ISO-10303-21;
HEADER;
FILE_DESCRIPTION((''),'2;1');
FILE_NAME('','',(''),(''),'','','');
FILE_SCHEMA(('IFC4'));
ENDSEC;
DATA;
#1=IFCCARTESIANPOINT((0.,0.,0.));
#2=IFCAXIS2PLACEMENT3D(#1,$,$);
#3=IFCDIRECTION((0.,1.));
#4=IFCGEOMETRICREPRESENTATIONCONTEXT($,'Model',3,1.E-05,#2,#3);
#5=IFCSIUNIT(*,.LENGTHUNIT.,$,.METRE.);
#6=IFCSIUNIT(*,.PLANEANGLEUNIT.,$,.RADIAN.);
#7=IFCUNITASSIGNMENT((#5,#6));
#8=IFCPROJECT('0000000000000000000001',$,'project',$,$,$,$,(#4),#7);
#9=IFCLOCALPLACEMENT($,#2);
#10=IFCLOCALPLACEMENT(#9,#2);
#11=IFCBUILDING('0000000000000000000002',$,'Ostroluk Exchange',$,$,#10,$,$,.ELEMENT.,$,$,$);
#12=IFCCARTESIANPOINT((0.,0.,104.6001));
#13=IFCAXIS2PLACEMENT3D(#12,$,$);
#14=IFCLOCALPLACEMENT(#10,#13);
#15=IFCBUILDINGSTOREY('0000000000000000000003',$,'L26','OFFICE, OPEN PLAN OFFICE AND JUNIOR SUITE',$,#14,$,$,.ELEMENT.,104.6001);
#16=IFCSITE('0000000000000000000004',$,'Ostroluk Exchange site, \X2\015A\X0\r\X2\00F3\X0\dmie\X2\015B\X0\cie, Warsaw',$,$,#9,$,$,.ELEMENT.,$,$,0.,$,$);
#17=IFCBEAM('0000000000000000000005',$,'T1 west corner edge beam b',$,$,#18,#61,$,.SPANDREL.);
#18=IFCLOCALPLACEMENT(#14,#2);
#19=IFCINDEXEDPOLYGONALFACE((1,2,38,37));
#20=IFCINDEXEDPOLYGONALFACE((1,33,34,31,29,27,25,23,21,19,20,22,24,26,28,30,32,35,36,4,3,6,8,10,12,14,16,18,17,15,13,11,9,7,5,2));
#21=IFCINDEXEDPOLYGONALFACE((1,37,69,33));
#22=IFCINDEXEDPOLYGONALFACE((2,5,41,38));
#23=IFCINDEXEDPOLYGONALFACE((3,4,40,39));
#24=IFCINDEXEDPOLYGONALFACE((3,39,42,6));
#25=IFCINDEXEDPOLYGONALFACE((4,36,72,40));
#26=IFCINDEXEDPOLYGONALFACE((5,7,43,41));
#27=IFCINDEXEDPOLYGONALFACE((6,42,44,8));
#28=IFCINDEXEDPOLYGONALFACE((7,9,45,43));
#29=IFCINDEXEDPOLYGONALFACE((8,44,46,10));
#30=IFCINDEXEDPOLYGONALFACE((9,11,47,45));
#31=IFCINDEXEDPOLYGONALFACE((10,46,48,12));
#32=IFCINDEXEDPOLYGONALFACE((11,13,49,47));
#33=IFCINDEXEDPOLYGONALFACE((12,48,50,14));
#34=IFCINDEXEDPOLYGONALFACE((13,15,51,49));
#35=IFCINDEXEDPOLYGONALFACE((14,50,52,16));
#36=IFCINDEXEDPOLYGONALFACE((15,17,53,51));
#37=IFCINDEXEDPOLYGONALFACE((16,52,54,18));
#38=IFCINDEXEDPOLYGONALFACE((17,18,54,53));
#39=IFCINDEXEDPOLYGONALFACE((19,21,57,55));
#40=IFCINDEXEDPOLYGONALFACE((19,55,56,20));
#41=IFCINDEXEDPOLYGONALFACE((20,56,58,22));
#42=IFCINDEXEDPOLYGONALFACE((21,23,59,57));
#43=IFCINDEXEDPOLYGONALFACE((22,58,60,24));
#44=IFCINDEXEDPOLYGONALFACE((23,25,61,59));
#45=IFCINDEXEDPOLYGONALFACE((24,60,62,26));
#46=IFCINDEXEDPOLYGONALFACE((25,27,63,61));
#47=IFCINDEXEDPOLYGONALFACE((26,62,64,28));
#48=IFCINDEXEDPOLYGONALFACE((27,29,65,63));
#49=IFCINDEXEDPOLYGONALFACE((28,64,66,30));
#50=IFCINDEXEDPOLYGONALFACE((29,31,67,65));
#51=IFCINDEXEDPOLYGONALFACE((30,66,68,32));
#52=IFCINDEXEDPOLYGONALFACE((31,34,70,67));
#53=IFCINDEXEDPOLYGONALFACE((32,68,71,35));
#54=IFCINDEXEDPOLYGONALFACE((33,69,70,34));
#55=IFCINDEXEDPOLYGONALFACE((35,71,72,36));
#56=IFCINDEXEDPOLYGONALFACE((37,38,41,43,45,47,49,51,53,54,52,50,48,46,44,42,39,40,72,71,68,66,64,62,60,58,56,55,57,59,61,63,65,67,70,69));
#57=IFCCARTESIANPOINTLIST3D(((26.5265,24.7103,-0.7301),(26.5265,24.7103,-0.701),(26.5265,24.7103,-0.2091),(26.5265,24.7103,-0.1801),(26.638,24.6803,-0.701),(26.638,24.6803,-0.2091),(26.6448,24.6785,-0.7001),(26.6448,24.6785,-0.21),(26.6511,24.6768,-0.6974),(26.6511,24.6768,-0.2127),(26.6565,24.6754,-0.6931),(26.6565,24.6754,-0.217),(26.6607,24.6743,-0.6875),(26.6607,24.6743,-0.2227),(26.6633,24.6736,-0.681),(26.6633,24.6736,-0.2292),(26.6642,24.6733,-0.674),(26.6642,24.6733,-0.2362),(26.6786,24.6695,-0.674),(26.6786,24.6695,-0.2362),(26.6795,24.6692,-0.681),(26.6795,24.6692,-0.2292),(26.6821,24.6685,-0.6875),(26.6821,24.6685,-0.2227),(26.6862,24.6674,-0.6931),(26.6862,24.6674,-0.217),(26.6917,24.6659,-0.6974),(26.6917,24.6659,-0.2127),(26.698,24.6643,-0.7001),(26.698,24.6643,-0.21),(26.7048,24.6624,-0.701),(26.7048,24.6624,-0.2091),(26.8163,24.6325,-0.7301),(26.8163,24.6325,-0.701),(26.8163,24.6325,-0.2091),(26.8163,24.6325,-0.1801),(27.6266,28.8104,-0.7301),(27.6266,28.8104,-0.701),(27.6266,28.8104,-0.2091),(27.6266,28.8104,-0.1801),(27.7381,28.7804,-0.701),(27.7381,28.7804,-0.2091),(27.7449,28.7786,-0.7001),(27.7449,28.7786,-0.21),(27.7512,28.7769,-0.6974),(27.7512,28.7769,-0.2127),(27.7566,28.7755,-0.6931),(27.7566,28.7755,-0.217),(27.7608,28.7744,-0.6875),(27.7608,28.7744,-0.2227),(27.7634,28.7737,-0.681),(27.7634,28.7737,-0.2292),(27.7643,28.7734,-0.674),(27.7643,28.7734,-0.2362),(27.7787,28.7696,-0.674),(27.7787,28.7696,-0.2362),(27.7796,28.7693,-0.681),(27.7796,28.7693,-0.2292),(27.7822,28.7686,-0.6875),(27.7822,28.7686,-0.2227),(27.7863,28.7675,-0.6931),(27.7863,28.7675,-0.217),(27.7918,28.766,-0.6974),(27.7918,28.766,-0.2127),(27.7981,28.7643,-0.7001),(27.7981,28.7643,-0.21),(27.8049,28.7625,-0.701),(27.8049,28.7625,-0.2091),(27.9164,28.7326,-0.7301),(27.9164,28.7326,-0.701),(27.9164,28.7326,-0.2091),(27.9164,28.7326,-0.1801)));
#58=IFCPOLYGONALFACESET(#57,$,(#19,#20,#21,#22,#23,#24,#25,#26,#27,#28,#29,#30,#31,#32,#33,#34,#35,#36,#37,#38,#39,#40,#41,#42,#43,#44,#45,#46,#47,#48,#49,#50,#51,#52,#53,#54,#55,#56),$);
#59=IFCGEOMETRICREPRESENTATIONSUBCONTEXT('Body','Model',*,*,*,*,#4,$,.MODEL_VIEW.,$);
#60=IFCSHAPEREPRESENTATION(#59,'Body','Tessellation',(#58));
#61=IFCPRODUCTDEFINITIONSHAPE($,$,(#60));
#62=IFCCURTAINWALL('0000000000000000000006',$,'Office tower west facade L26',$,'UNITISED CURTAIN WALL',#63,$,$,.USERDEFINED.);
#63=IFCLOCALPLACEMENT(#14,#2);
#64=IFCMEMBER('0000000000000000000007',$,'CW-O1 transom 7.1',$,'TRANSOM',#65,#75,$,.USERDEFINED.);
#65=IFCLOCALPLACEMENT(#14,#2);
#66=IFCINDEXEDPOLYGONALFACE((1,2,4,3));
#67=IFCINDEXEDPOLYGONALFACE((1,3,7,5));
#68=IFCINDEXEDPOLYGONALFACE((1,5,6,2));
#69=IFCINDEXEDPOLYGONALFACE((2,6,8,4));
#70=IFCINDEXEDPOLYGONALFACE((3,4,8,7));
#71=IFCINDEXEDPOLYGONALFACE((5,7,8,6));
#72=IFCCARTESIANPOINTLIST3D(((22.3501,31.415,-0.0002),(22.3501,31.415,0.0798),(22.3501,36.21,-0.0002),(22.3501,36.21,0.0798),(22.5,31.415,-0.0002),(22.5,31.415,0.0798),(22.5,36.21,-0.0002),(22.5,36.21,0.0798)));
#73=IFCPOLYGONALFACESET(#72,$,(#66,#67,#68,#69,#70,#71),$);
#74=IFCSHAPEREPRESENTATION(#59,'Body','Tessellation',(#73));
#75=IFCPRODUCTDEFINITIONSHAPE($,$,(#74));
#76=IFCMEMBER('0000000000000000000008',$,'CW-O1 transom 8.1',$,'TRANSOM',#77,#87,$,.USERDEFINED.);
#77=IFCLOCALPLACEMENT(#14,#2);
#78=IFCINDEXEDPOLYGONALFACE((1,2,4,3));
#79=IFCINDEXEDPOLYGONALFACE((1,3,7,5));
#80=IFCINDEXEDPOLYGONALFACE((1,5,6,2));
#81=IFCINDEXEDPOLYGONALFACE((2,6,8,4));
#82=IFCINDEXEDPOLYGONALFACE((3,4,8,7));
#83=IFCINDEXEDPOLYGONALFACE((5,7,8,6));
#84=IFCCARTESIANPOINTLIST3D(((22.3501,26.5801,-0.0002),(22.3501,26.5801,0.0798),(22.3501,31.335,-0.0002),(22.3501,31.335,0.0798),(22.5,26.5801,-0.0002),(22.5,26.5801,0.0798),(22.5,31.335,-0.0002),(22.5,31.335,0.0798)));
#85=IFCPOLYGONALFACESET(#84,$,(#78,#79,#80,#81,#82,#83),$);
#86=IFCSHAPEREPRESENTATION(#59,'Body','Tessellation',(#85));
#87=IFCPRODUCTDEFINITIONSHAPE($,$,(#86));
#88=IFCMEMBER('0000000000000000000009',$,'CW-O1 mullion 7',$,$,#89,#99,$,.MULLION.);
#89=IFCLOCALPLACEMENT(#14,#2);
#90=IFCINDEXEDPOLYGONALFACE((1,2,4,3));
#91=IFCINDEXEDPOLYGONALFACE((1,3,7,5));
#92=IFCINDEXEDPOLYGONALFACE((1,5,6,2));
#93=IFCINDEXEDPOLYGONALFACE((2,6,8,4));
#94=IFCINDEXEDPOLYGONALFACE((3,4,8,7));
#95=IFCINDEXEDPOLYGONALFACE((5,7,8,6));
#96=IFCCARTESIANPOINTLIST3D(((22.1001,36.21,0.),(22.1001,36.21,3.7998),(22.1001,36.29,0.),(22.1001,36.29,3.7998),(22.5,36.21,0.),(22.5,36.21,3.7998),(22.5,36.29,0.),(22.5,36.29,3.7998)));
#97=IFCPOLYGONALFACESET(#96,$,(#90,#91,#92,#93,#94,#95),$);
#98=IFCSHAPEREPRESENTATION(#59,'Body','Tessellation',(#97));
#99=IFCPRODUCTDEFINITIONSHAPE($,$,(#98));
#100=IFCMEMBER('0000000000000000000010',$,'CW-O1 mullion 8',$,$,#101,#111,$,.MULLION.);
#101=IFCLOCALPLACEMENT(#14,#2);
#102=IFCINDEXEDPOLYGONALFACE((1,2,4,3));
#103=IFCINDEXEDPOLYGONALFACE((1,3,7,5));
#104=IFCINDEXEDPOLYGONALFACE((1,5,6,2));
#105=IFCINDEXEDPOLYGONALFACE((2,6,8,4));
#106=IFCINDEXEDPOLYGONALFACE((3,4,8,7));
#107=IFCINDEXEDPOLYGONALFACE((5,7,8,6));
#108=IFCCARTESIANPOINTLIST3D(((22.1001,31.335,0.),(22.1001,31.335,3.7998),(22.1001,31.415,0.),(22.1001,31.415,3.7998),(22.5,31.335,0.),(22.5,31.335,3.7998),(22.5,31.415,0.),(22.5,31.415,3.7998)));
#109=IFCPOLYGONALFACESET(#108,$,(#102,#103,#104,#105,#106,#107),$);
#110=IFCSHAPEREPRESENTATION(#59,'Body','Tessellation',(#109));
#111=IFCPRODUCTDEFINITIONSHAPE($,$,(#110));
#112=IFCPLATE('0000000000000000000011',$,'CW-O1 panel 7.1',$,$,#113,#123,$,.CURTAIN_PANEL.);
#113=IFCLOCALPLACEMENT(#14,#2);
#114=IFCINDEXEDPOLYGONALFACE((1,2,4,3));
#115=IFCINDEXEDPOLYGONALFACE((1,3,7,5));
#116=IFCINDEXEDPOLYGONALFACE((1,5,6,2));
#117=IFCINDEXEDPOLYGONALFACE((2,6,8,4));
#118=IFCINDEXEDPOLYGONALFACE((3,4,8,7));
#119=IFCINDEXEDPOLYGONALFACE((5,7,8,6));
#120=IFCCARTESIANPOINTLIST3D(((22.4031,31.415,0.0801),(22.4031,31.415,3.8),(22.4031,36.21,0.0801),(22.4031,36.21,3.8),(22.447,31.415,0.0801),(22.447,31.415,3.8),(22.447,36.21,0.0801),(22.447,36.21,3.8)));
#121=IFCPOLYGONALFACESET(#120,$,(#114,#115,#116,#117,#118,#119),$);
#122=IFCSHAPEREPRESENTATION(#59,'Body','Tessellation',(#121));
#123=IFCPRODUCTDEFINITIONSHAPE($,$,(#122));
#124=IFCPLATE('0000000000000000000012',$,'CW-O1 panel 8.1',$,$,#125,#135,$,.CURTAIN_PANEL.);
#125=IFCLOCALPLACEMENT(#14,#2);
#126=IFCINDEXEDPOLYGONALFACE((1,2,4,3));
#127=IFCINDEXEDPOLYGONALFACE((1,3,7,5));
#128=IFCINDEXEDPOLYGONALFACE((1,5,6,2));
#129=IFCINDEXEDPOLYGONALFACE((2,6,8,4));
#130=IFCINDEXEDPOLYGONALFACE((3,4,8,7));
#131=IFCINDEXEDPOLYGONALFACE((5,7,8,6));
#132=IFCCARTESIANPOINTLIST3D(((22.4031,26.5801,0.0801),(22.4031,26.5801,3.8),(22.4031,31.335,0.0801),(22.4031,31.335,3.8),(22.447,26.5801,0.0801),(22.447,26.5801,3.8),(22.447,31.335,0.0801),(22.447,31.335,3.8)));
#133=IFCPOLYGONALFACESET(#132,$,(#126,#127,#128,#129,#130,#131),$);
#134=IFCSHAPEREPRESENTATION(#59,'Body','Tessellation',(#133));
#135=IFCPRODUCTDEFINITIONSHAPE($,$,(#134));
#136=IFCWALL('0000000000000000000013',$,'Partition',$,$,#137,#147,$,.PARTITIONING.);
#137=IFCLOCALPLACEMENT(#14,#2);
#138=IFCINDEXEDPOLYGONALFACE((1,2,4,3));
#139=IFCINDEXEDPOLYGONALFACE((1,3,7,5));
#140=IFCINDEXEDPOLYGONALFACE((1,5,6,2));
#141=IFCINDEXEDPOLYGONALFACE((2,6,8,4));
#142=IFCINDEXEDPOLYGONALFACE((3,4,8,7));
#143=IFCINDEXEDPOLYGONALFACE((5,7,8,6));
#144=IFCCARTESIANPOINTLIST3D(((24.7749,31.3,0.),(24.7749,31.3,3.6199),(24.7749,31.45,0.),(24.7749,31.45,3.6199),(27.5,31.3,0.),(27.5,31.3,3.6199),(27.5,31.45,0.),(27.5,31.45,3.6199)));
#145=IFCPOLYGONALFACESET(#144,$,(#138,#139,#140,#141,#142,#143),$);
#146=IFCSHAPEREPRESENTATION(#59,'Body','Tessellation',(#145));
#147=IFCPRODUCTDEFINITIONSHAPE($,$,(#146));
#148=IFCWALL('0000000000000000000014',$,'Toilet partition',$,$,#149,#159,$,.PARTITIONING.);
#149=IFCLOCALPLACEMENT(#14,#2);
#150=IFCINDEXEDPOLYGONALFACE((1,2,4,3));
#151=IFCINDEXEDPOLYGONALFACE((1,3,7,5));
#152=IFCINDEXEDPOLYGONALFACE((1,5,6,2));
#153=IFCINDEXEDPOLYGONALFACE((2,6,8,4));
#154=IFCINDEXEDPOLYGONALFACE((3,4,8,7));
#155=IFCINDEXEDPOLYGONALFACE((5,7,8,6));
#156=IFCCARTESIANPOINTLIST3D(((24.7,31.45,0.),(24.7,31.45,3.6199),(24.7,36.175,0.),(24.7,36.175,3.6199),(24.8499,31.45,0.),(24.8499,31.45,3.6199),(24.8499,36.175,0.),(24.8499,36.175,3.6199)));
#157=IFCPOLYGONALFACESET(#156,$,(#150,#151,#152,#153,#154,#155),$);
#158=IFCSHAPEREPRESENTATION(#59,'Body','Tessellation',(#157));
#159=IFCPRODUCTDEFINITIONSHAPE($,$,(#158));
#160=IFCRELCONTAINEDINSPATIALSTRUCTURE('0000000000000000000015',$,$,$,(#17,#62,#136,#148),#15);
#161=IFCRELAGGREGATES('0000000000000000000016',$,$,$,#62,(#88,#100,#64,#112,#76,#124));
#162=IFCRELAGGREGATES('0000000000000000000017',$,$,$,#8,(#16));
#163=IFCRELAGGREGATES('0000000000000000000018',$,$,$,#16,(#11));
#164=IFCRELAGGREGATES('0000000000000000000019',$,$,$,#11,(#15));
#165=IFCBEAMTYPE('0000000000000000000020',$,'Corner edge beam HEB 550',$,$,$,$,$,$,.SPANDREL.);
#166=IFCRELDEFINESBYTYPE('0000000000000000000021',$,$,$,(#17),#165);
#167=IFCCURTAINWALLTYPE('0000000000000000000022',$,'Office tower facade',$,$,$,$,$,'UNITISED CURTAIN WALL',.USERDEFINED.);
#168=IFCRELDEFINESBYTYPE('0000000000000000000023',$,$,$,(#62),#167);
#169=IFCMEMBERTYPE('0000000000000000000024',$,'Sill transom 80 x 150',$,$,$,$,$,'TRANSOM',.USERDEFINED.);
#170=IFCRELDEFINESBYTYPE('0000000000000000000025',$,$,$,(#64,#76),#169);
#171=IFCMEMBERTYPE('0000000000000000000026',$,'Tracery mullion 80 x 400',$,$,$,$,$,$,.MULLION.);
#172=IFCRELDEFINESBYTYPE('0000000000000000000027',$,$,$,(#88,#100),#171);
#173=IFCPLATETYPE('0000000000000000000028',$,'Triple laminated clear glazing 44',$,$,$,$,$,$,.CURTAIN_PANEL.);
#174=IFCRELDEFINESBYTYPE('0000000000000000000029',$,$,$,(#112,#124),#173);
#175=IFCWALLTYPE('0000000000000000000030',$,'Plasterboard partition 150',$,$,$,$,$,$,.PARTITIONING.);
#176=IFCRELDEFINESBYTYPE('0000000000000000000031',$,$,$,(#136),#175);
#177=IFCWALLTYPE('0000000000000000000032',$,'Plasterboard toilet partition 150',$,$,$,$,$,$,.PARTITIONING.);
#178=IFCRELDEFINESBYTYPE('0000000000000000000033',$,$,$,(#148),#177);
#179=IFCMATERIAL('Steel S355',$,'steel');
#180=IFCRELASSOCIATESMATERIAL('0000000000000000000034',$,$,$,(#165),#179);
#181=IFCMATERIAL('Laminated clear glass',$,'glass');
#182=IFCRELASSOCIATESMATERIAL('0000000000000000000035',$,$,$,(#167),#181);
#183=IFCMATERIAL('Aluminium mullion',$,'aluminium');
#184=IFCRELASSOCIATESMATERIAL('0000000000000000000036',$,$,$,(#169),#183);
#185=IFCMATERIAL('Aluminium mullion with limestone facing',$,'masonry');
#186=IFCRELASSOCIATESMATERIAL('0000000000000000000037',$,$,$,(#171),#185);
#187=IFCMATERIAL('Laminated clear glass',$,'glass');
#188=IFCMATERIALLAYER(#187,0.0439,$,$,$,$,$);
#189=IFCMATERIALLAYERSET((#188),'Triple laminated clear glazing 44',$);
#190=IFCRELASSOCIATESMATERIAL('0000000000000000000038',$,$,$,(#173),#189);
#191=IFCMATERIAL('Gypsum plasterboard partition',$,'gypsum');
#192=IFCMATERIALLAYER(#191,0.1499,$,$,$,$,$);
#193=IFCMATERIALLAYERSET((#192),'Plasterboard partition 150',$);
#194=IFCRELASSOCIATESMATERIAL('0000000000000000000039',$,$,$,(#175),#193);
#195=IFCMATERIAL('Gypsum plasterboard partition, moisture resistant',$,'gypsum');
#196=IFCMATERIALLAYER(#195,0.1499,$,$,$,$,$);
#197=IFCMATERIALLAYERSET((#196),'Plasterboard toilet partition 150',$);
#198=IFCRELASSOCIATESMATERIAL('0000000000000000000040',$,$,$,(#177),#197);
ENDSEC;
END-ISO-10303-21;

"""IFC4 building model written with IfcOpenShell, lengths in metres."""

from ifc_helpers import new_model, si_unit, direction, frame, frame_2d, origin, origin_2d, place, context, subcontext, project, spatial, rectangle, i_section, extrude, material, layer, layer_set, material_profile, profile_set, type_object, element, aggregate, save


model = new_model("IFC4")

# Units and contexts
model_context = context("Model", 3, precision=1e-05, world=origin(), true_north=direction((0.0, 1.0)))
body_context = subcontext(model_context, "Body", "Model", "MODEL_VIEW")
ifc_project = project(units=[si_unit("LENGTHUNIT", "METRE"), si_unit("PLANEANGLEUNIT", "RADIAN")], contexts=[model_context])

# Site, building, storey
site_placement = place(None, origin())
site = spatial("IfcSite", under=ifc_project, at=site_placement, Name="Ostroluk Exchange site, Śródmieście, Warsaw", CompositionType="ELEMENT", RefElevation=0.0)
building_placement = place(site_placement, origin())
building = spatial("IfcBuilding", under=site, at=building_placement, Name="Ostroluk Exchange", CompositionType="ELEMENT")
storey_placement = place(building_placement, frame((0.0, 0.0, 104.6001)))
storey = spatial("IfcBuildingStorey", under=building, at=storey_placement, Name="L26", Description="OFFICE, OPEN PLAN OFFICE AND JUNIOR SUITE", CompositionType="ELEMENT", Elevation=104.6001)

# Beam
ifc_material_1 = material(Name="Steel S355", Category="steel")
ifc_material_profile_1 = material_profile(ifc_material_1, i_section(OverallWidth=0.3, OverallDepth=0.55, WebThickness=0.0149, FlangeThickness=0.0291, FilletRadius=0.0271, at=origin_2d()), Name="HEB 550")
ifc_profile_set_1 = profile_set([ifc_material_profile_1], Name="Steel S355")
beam_type = type_object("IfcBeamType", Name="Corner edge beam HEB 550", PredefinedType="SPANDREL", material=ifc_profile_set_1)
beam_placement = place(storey_placement, frame((27.7715, 28.7715, -0.4551), z_axis=(-0.259144, -0.965839, 0.0), x_axis=(0.965839, -0.259144, 0.0)))
element("IfcBeam", 1, at=beam_placement, inside=storey, type_object=beam_type, Name="T1 west corner edge beam b", PredefinedType="SPANDREL", context=body_context, shape_type="SweptSolid", body=[
    extrude(i_section(OverallWidth=0.3, OverallDepth=0.55, WebThickness=0.0149, FlangeThickness=0.0291, FilletRadius=0.0271, at=origin_2d()), origin(), (0.0, 0.0, 1.0), 4.2451),
])

# Curtain wall, members, plates
ifc_material_2 = material(Name="Laminated clear glass", Category="glass")
curtain_wall_type = type_object("IfcCurtainWallType", Name="Office tower facade", ElementType="UNITISED CURTAIN WALL", PredefinedType="USERDEFINED", material=ifc_material_2)
curtain_wall_placement = place(storey_placement, origin())
curtain_wall = element("IfcCurtainWall", 2, at=curtain_wall_placement, inside=storey, type_object=curtain_wall_type, Name="Office tower west facade L26", ObjectType="UNITISED CURTAIN WALL", PredefinedType="USERDEFINED")
ifc_material_3 = material(Name="Aluminium mullion", Category="aluminium")
ifc_material_profile_2 = material_profile(ifc_material_3, rectangle(XDim=0.1499, YDim=0.0801, at=origin_2d()), Name="Sill transom 80 x 150")
ifc_profile_set_2 = profile_set([ifc_material_profile_2], Name="Aluminium mullion")
member_type_1 = type_object("IfcMemberType", Name="Sill transom 80 x 150", ElementType="TRANSOM", PredefinedType="USERDEFINED", material=ifc_profile_set_2)
member_1_placement = place(storey_placement, frame((22.425, 36.21, 0.0398), z_axis=(0.0, -1.0, 0.0), x_axis=(1.0, 0.0, 0.0)))
member_1 = element("IfcMember", 3, at=member_1_placement, type_object=member_type_1, Name="CW-O1 transom 7.1", ObjectType="TRANSOM", PredefinedType="USERDEFINED", context=body_context, shape_type="SweptSolid", body=[
    extrude(rectangle(XDim=0.1499, YDim=0.0801, at=origin_2d()), origin(), (0.0, 0.0, 1.0), 4.7949),
])
member_2_placement = place(storey_placement, frame((22.425, 31.335, 0.0398), z_axis=(0.0, -1.0, 0.0), x_axis=(1.0, 0.0, 0.0)))
member_2 = element("IfcMember", 4, at=member_2_placement, type_object=member_type_1, Name="CW-O1 transom 8.1", ObjectType="TRANSOM", PredefinedType="USERDEFINED", context=body_context, shape_type="SweptSolid", body=[
    extrude(rectangle(XDim=0.1499, YDim=0.0801, at=origin_2d()), origin(), (0.0, 0.0, 1.0), 4.7549),
])
ifc_material_4 = material(Name="Aluminium mullion with limestone facing", Category="masonry")
ifc_material_profile_3 = material_profile(ifc_material_4, rectangle(XDim=0.3999, YDim=0.0801, at=origin_2d()), Name="Tracery mullion 80 x 400")
ifc_profile_set_3 = profile_set([ifc_material_profile_3], Name="Aluminium mullion with limestone facing")
member_type_2 = type_object("IfcMemberType", Name="Tracery mullion 80 x 400", PredefinedType="MULLION", material=ifc_profile_set_3)
member_3_placement = place(storey_placement, frame((22.3, 36.25, 0.0), z_axis=(0.0, 0.0, 1.0), x_axis=(1.0, 0.0, 0.0)))
member_3 = element("IfcMember", 5, at=member_3_placement, type_object=member_type_2, Name="CW-O1 mullion 7", PredefinedType="MULLION", context=body_context, shape_type="SweptSolid", body=[
    extrude(rectangle(XDim=0.3999, YDim=0.0801, at=origin_2d()), origin(), (0.0, 0.0, 1.0), 3.7998),
])
member_4_placement = place(storey_placement, frame((22.3, 31.375, 0.0), z_axis=(0.0, 0.0, 1.0), x_axis=(1.0, 0.0, 0.0)))
member_4 = element("IfcMember", 6, at=member_4_placement, type_object=member_type_2, Name="CW-O1 mullion 8", PredefinedType="MULLION", context=body_context, shape_type="SweptSolid", body=[
    extrude(rectangle(XDim=0.3999, YDim=0.0801, at=origin_2d()), origin(), (0.0, 0.0, 1.0), 3.7998),
])
ifc_material_5 = material(Name="Laminated clear glass", Category="glass")
ifc_layer_1 = layer(ifc_material_5, 0.0439)
ifc_layer_set_1 = layer_set([ifc_layer_1], Name="Triple laminated clear glazing 44")
plate_type = type_object("IfcPlateType", Name="Triple laminated clear glazing 44", PredefinedType="CURTAIN_PANEL", material=ifc_layer_set_1)
plate_1_placement = place(storey_placement, frame((22.425, 33.8125, 0.0801), z_axis=(0.0, 0.0, 1.0), x_axis=(0.0, -1.0, 0.0)))
plate_1 = element("IfcPlate", 7, at=plate_1_placement, type_object=plate_type, Name="CW-O1 panel 7.1", PredefinedType="CURTAIN_PANEL", context=body_context, shape_type="SweptSolid", body=[
    extrude(rectangle(XDim=4.7949, YDim=0.0439, at=origin_2d()), origin(), (0.0, 0.0, 1.0), 3.72),
])
plate_2_placement = place(storey_placement, frame((22.425, 28.9575, 0.0801), z_axis=(0.0, 0.0, 1.0), x_axis=(0.0, -1.0, 0.0)))
plate_2 = element("IfcPlate", 8, at=plate_2_placement, type_object=plate_type, Name="CW-O1 panel 8.1", PredefinedType="CURTAIN_PANEL", context=body_context, shape_type="SweptSolid", body=[
    extrude(rectangle(XDim=4.7549, YDim=0.0439, at=origin_2d()), origin(), (0.0, 0.0, 1.0), 3.72),
])
aggregate(curtain_wall, [member_3, member_4, member_1, plate_1, member_2, plate_2])

# Walls
ifc_material_6 = material(Name="Gypsum plasterboard partition", Category="gypsum")
ifc_layer_2 = layer(ifc_material_6, 0.1499)
ifc_layer_set_2 = layer_set([ifc_layer_2], Name="Plasterboard partition 150")
wall_type_1 = type_object("IfcWallType", Name="Plasterboard partition 150", PredefinedType="PARTITIONING", material=ifc_layer_set_2)
wall_1_placement = place(storey_placement, frame((27.5, 31.375, 0.0), z_axis=(0.0, 0.0, 1.0), x_axis=(-1.0, 0.0, 0.0)))
element("IfcWall", 9, at=wall_1_placement, inside=storey, type_object=wall_type_1, Name="Partition", PredefinedType="PARTITIONING", context=body_context, shape_type="SweptSolid", body=[
    extrude(rectangle(XDim=2.7251, YDim=0.1499, at=frame_2d((1.3625, 0.0))), origin(), (0.0, 0.0, 1.0), 3.6199),
])
ifc_material_7 = material(Name="Gypsum plasterboard partition, moisture resistant", Category="gypsum")
ifc_layer_3 = layer(ifc_material_7, 0.1499)
ifc_layer_set_3 = layer_set([ifc_layer_3], Name="Plasterboard toilet partition 150")
wall_type_2 = type_object("IfcWallType", Name="Plasterboard toilet partition 150", PredefinedType="PARTITIONING", material=ifc_layer_set_3)
wall_2_placement = place(storey_placement, frame((24.7749, 36.175, 0.0), z_axis=(0.0, 0.0, 1.0), x_axis=(0.0, -1.0, 0.0)))
element("IfcWall", 10, at=wall_2_placement, inside=storey, type_object=wall_type_2, Name="Toilet partition", PredefinedType="PARTITIONING", context=body_context, shape_type="SweptSolid", body=[
    extrude(rectangle(XDim=4.7251, YDim=0.1499, at=frame_2d((2.3625, 0.0))), origin(), (0.0, 0.0, 1.0), 3.6199),
])

save(model, "model.ifc")
